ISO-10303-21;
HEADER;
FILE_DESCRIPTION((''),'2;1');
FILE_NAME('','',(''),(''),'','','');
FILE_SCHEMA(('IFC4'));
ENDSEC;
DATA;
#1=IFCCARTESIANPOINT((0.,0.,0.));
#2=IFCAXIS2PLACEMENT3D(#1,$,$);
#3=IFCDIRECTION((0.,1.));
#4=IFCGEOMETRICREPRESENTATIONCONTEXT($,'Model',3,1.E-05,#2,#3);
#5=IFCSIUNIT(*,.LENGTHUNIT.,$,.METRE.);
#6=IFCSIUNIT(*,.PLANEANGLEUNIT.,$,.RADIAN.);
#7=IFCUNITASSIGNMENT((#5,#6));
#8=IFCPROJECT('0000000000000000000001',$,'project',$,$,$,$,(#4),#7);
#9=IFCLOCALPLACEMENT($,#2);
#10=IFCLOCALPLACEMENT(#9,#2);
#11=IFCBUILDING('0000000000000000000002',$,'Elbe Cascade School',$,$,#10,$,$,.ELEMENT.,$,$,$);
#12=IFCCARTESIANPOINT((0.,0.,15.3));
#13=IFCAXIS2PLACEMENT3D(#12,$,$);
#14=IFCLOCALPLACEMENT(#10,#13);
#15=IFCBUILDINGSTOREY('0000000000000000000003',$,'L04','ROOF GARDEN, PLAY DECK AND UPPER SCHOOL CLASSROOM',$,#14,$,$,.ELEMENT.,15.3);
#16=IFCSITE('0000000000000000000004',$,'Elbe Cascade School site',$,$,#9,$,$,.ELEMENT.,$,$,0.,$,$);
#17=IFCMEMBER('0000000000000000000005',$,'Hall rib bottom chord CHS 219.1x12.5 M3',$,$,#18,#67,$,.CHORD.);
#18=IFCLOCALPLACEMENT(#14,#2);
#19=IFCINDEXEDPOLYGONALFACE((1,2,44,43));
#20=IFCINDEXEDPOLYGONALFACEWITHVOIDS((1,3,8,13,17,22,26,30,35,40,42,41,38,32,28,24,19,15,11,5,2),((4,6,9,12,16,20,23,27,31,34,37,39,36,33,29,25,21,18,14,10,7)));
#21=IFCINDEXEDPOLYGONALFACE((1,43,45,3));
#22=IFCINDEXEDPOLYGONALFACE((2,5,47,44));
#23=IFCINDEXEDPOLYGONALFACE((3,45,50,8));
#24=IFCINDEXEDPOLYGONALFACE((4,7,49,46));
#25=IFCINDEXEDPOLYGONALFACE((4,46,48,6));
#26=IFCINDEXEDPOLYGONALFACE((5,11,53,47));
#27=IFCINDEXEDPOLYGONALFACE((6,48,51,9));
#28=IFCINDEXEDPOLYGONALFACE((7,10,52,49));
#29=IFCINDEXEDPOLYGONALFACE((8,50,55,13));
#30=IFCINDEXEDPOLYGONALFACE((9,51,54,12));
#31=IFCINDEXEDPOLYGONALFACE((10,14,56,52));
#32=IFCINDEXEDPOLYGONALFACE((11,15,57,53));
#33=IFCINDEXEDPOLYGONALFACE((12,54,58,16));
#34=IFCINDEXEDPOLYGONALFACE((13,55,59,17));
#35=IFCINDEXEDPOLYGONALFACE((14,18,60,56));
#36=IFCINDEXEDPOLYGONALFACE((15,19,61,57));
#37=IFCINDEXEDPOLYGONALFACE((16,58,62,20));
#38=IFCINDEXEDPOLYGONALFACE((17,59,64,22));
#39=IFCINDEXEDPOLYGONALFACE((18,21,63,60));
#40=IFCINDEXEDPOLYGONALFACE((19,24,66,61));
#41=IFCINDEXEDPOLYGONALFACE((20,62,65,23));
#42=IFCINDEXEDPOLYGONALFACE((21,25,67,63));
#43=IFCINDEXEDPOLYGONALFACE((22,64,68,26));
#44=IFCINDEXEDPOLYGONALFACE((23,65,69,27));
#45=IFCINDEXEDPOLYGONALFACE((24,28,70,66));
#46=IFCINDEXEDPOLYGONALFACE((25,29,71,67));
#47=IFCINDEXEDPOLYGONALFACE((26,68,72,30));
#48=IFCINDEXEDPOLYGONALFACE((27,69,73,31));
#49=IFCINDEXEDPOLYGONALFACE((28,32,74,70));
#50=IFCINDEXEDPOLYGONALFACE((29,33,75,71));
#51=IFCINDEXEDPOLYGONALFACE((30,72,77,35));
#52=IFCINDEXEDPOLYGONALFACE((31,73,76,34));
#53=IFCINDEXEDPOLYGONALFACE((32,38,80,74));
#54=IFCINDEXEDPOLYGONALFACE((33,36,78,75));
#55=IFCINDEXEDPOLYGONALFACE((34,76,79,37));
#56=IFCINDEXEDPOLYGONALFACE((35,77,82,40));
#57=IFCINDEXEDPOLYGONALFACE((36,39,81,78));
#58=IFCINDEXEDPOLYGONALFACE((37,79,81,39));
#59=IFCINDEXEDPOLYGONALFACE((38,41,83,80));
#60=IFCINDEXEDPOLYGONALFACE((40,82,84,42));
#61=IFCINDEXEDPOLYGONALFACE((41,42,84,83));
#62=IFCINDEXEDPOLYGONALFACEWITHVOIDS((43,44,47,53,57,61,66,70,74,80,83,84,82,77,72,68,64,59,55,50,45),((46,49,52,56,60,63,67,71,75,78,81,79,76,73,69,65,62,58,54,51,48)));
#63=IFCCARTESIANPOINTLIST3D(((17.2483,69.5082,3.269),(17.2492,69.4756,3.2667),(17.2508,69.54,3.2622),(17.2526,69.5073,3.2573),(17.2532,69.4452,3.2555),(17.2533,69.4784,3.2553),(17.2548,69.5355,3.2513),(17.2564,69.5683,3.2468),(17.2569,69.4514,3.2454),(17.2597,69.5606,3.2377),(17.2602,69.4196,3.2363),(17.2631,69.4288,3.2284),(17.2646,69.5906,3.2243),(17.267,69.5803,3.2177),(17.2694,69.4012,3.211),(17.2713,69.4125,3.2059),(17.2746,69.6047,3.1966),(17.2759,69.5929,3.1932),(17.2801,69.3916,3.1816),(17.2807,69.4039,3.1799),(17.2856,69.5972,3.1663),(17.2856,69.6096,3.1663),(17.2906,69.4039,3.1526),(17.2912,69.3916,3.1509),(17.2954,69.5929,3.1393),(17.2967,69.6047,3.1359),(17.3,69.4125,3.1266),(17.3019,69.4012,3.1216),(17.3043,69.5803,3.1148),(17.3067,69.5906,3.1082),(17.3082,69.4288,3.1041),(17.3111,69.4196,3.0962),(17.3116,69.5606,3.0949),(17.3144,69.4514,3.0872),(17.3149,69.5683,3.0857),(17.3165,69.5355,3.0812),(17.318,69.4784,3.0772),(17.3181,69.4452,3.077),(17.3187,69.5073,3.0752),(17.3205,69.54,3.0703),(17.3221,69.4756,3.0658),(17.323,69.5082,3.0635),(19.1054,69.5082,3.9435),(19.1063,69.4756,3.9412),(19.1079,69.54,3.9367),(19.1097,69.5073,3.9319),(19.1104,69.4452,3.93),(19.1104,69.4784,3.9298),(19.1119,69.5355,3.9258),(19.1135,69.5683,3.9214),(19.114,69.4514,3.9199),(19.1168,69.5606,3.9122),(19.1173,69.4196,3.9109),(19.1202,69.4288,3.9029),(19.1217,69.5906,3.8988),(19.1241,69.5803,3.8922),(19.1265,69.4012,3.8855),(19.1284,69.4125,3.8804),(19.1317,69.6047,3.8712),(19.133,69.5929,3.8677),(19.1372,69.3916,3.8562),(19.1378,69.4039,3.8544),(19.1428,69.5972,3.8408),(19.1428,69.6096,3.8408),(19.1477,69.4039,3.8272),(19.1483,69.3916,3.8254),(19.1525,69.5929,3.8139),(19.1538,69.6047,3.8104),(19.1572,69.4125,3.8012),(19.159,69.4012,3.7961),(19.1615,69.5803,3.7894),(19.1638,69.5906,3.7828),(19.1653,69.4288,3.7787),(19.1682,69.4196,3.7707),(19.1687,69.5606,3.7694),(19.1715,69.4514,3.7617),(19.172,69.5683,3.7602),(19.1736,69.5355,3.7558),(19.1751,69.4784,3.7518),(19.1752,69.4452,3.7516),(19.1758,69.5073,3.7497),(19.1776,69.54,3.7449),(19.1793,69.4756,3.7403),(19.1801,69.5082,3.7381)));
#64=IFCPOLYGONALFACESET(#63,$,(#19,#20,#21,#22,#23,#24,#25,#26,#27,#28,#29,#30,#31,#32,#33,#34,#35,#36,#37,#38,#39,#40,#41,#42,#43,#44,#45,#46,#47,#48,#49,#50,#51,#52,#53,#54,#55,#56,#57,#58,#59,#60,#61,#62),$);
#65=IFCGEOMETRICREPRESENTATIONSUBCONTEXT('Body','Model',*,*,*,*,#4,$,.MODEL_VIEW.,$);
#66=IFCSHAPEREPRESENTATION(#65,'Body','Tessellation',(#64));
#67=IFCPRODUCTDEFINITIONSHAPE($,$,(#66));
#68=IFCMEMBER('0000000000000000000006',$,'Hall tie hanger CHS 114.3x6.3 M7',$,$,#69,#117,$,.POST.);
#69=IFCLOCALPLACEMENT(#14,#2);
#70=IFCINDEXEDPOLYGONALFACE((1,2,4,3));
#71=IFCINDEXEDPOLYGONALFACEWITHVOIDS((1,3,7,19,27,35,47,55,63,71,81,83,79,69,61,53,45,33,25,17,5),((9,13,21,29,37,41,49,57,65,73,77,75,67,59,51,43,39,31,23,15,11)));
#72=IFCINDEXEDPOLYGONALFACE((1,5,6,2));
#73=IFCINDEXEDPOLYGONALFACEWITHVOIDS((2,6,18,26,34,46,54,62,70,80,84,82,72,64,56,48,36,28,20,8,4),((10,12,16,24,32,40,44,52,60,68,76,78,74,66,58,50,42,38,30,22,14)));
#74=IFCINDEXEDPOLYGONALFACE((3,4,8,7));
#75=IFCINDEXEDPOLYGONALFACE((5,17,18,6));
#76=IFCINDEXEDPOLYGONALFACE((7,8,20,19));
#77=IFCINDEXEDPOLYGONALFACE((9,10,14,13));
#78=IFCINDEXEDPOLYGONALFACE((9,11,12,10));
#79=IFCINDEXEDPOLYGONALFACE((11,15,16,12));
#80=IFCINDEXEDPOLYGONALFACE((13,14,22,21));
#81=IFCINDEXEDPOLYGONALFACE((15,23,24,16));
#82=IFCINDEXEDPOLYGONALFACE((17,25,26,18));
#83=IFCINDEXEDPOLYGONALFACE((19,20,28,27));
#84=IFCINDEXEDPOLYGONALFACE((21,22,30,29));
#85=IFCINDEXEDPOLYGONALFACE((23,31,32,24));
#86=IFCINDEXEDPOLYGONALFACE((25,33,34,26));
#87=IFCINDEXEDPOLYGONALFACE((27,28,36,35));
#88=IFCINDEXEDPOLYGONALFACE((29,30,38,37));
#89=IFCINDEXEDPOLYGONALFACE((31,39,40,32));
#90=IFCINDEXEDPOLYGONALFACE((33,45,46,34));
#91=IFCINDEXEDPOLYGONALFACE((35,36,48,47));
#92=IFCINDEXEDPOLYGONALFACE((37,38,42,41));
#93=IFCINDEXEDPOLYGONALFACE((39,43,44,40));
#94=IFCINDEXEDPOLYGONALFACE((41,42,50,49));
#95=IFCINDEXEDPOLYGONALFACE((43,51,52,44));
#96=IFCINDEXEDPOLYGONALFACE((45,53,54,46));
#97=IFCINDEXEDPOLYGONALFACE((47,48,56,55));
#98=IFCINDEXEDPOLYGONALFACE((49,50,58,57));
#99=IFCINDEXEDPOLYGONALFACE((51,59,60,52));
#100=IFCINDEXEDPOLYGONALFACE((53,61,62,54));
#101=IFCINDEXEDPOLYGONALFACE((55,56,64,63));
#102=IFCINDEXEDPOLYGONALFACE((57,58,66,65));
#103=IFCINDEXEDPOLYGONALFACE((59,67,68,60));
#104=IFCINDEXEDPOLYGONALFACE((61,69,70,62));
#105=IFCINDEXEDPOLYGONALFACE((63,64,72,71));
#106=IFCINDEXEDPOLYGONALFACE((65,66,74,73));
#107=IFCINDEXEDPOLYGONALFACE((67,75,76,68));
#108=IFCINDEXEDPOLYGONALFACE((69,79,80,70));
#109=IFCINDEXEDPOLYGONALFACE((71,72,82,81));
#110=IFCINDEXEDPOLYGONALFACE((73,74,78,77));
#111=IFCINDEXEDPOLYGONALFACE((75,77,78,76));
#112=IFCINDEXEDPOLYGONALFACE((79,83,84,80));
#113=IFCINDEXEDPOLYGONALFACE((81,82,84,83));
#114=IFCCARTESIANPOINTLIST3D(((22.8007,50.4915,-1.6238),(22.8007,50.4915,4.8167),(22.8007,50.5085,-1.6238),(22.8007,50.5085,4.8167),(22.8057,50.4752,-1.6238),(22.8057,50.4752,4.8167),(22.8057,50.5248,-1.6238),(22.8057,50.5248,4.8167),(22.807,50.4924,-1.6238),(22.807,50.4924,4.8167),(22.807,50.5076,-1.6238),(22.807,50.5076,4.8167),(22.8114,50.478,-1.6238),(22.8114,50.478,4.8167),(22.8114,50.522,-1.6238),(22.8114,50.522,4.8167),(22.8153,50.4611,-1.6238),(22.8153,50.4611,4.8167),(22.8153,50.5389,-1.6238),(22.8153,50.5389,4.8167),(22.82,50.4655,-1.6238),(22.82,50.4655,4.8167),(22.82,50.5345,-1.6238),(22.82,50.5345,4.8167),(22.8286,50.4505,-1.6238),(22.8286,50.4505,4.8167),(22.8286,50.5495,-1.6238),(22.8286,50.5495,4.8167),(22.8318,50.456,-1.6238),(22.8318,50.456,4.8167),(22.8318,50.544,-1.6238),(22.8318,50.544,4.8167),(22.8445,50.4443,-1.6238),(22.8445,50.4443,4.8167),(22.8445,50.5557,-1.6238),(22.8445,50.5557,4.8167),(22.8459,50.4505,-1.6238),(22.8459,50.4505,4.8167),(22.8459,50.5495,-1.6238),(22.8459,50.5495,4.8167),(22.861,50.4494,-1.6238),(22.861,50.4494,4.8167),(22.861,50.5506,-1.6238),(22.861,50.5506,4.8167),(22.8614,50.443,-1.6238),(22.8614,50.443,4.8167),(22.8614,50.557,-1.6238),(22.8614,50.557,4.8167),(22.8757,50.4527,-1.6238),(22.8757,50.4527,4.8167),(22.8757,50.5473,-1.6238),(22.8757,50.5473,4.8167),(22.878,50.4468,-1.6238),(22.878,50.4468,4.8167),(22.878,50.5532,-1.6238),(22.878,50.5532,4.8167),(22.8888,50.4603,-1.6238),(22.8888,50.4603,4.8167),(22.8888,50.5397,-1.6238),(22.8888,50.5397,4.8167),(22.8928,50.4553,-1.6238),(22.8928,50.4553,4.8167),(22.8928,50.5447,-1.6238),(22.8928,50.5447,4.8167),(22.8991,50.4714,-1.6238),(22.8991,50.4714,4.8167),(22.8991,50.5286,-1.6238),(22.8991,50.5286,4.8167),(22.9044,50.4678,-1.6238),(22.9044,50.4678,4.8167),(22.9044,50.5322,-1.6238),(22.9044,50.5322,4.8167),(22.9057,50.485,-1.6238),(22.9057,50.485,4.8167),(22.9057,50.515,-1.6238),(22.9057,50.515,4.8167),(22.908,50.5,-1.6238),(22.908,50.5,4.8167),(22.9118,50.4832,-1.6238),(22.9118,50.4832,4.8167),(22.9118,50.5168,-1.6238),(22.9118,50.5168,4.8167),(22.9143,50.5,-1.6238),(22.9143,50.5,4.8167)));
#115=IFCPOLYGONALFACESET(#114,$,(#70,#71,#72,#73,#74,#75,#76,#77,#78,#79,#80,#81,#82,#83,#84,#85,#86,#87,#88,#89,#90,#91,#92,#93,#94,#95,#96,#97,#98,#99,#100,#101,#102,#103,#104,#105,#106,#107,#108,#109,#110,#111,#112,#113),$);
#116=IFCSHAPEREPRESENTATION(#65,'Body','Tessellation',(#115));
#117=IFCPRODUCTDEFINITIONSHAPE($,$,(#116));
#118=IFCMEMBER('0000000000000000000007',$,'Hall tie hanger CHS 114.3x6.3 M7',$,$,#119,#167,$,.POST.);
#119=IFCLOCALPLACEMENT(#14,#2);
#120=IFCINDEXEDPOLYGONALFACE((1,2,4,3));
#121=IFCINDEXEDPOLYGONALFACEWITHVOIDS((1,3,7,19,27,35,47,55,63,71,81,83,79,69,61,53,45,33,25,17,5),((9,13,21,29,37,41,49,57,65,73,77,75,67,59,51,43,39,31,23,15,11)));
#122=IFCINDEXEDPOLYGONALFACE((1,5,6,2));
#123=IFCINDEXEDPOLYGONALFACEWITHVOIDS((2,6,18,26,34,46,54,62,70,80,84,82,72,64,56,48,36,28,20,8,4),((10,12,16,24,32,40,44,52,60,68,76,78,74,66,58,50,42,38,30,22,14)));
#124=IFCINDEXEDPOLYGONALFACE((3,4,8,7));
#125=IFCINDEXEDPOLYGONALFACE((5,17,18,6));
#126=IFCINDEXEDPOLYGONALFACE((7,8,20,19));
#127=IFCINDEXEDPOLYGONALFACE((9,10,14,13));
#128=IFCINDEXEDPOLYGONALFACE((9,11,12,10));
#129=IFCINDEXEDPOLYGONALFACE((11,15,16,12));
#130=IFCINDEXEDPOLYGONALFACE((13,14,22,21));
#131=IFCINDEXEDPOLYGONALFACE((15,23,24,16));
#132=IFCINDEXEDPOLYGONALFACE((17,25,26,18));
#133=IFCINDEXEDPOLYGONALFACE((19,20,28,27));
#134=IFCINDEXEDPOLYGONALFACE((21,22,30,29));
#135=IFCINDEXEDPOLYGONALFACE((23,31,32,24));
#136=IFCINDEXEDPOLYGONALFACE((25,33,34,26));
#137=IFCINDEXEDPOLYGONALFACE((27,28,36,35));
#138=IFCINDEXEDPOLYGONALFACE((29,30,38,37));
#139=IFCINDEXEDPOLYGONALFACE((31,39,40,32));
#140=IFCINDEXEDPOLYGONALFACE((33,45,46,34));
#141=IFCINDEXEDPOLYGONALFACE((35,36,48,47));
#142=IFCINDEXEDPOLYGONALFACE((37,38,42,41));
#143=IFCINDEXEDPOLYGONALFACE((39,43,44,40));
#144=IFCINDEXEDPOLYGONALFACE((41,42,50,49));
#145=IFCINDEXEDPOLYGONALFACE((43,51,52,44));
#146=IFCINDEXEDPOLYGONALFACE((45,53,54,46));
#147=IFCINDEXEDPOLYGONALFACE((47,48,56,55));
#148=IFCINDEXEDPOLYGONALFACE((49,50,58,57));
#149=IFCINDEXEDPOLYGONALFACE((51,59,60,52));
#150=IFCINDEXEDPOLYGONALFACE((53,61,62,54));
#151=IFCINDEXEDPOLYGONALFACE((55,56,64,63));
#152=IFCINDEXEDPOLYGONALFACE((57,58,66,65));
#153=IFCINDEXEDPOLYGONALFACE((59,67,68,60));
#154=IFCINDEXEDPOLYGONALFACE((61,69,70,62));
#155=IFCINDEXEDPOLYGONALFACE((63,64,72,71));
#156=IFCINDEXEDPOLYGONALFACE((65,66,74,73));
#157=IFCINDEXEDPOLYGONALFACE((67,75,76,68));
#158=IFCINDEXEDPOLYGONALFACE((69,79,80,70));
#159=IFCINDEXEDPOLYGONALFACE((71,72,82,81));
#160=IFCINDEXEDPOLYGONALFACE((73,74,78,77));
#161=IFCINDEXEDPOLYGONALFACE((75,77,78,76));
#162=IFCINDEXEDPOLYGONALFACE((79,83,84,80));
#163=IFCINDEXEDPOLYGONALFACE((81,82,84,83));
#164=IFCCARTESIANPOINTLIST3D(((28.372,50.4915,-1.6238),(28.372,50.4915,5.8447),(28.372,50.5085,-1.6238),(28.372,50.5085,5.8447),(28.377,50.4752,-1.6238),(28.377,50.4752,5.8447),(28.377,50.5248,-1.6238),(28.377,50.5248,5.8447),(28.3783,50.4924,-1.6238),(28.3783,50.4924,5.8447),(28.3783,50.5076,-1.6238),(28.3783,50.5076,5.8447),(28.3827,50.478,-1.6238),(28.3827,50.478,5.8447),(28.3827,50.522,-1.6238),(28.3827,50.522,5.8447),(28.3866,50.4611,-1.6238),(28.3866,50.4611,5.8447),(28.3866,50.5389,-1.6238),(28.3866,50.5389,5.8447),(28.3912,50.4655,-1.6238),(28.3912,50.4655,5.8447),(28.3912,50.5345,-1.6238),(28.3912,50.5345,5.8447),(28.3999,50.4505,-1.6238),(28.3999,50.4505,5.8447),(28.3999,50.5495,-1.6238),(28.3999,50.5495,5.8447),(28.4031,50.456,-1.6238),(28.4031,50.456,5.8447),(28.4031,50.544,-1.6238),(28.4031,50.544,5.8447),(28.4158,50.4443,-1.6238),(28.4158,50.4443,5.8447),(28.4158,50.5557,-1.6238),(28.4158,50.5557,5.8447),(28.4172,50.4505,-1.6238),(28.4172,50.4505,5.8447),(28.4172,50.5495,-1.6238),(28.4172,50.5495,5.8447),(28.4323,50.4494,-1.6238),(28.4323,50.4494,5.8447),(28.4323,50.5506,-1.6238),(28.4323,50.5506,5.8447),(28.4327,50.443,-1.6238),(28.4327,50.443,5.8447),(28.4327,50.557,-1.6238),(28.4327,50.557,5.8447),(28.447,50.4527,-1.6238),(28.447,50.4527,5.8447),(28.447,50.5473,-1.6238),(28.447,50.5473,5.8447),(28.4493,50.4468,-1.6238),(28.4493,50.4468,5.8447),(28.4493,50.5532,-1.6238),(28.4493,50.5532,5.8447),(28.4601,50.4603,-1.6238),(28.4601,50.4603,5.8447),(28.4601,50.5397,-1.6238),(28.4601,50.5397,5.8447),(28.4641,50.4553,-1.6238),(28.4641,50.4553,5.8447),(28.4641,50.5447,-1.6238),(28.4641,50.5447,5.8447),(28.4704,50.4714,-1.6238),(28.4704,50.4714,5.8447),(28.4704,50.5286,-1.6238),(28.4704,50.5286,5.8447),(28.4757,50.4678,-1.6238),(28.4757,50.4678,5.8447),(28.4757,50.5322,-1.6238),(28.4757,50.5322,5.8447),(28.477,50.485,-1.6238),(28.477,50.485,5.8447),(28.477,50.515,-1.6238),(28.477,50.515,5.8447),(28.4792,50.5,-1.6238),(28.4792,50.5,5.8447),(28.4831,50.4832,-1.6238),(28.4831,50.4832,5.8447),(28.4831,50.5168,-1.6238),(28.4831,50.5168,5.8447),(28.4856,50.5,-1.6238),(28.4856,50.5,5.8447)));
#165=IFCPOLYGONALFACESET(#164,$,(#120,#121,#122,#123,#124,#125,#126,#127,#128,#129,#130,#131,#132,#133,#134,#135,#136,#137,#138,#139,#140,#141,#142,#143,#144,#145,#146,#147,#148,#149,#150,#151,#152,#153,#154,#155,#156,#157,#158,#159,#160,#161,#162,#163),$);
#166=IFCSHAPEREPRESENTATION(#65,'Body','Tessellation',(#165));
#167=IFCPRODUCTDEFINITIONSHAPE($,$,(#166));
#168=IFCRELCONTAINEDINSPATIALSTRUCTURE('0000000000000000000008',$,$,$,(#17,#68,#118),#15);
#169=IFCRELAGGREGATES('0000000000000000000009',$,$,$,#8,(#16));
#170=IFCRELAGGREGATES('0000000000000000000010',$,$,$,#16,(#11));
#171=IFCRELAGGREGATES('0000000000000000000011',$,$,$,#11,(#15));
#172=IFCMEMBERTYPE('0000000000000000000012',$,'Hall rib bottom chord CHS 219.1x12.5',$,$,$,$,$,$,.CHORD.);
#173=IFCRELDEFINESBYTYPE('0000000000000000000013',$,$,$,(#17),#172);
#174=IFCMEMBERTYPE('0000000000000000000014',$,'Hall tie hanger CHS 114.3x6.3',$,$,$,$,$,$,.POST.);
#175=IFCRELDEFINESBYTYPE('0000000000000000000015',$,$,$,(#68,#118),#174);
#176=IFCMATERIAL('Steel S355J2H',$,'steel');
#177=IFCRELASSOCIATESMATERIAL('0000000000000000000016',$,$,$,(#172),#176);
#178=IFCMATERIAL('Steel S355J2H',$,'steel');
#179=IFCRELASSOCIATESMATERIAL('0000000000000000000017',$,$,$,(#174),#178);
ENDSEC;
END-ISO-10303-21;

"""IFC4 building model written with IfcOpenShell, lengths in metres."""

from ifc_helpers import new_model, si_unit, direction, frame, origin, origin_2d, place, context, subcontext, project, spatial, hollow_circle, extrude, material, material_profile, profile_set, type_object, element, save


model = new_model("IFC4")

# Units and contexts
model_context = context("Model", 3, precision=1e-05, world=origin(), true_north=direction((0.0, 1.0)))
body_context = subcontext(model_context, "Body", "Model", "MODEL_VIEW")
ifc_project = project(units=[si_unit("LENGTHUNIT", "METRE"), si_unit("PLANEANGLEUNIT", "RADIAN")], contexts=[model_context])

# Site, building, storey
site_placement = place(None, origin())
site = spatial("IfcSite", under=ifc_project, at=site_placement, Name="Elbe Cascade School site", CompositionType="ELEMENT", RefElevation=0.0)
building_placement = place(site_placement, origin())
building = spatial("IfcBuilding", under=site, at=building_placement, Name="Elbe Cascade School", CompositionType="ELEMENT")
storey_placement = place(building_placement, frame((0.0, 0.0, 15.3)))
storey = spatial("IfcBuildingStorey", under=building, at=storey_placement, Name="L04", Description="ROOF GARDEN, PLAY DECK AND UPPER SCHOOL CLASSROOM", CompositionType="ELEMENT", Elevation=15.3)

# Members
ifc_material_1 = material(Name="Steel S355J2H", Category="steel")
ifc_material_profile_1 = material_profile(ifc_material_1, hollow_circle(Radius=0.1096, WallThickness=0.0125, at=origin_2d()), Name="CHS 219.1x12.5")
ifc_profile_set_1 = profile_set([ifc_material_profile_1], Name="Steel S355J2H")
member_type_1 = type_object("IfcMemberType", Name="Hall rib bottom chord CHS 219.1x12.5", PredefinedType="CHORD", material=ifc_profile_set_1)
for number, where, z_axis, x_axis, name in (
    (1, (17.2856, 69.5, 3.1663), (0.93992, 0.0, 0.341396), (0.0, 1.0, 0.0), "Hall rib bottom chord CHS 219.1x12.5 M3"),
):
    element("IfcMember", number, at=place(storey_placement, frame(where, z_axis=z_axis, x_axis=x_axis)), inside=storey, type_object=member_type_1, Name=name, PredefinedType="CHORD", context=body_context, shape_type="SweptSolid", body=[
        extrude(hollow_circle(Radius=0.1096, WallThickness=0.0125, at=origin_2d()), origin(), (0.0, 0.0, 1.0), 1.9758),
    ])
ifc_material_2 = material(Name="Steel S355J2H", Category="steel")
ifc_material_profile_2 = material_profile(ifc_material_2, hollow_circle(Radius=0.0571, WallThickness=0.0063, at=origin_2d()), Name="CHS 114.3x6.3")
ifc_profile_set_2 = profile_set([ifc_material_profile_2], Name="Steel S355J2H")
member_type_2 = type_object("IfcMemberType", Name="Hall tie hanger CHS 114.3x6.3", PredefinedType="POST", material=ifc_profile_set_2)
member_1_placement = place(storey_placement, frame((22.8572, 50.5, -1.6238), z_axis=(0.0, 0.0, 1.0), x_axis=(1.0, 0.0, 0.0)))
element("IfcMember", 2, at=member_1_placement, inside=storey, type_object=member_type_2, Name="Hall tie hanger CHS 114.3x6.3 M7", PredefinedType="POST", context=body_context, shape_type="SweptSolid", body=[
    extrude(hollow_circle(Radius=0.0571, WallThickness=0.0063, at=origin_2d()), origin(), (0.0, 0.0, 1.0), 6.4404),
])
member_2_placement = place(storey_placement, frame((28.4285, 50.5, -1.6238), z_axis=(0.0, 0.0, 1.0), x_axis=(1.0, 0.0, 0.0)))
element("IfcMember", 3, at=member_2_placement, inside=storey, type_object=member_type_2, Name="Hall tie hanger CHS 114.3x6.3 M7", PredefinedType="POST", context=body_context, shape_type="SweptSolid", body=[
    extrude(hollow_circle(Radius=0.0571, WallThickness=0.0063, at=origin_2d()), origin(), (0.0, 0.0, 1.0), 7.4685),
])

save(model, "model.ifc")
